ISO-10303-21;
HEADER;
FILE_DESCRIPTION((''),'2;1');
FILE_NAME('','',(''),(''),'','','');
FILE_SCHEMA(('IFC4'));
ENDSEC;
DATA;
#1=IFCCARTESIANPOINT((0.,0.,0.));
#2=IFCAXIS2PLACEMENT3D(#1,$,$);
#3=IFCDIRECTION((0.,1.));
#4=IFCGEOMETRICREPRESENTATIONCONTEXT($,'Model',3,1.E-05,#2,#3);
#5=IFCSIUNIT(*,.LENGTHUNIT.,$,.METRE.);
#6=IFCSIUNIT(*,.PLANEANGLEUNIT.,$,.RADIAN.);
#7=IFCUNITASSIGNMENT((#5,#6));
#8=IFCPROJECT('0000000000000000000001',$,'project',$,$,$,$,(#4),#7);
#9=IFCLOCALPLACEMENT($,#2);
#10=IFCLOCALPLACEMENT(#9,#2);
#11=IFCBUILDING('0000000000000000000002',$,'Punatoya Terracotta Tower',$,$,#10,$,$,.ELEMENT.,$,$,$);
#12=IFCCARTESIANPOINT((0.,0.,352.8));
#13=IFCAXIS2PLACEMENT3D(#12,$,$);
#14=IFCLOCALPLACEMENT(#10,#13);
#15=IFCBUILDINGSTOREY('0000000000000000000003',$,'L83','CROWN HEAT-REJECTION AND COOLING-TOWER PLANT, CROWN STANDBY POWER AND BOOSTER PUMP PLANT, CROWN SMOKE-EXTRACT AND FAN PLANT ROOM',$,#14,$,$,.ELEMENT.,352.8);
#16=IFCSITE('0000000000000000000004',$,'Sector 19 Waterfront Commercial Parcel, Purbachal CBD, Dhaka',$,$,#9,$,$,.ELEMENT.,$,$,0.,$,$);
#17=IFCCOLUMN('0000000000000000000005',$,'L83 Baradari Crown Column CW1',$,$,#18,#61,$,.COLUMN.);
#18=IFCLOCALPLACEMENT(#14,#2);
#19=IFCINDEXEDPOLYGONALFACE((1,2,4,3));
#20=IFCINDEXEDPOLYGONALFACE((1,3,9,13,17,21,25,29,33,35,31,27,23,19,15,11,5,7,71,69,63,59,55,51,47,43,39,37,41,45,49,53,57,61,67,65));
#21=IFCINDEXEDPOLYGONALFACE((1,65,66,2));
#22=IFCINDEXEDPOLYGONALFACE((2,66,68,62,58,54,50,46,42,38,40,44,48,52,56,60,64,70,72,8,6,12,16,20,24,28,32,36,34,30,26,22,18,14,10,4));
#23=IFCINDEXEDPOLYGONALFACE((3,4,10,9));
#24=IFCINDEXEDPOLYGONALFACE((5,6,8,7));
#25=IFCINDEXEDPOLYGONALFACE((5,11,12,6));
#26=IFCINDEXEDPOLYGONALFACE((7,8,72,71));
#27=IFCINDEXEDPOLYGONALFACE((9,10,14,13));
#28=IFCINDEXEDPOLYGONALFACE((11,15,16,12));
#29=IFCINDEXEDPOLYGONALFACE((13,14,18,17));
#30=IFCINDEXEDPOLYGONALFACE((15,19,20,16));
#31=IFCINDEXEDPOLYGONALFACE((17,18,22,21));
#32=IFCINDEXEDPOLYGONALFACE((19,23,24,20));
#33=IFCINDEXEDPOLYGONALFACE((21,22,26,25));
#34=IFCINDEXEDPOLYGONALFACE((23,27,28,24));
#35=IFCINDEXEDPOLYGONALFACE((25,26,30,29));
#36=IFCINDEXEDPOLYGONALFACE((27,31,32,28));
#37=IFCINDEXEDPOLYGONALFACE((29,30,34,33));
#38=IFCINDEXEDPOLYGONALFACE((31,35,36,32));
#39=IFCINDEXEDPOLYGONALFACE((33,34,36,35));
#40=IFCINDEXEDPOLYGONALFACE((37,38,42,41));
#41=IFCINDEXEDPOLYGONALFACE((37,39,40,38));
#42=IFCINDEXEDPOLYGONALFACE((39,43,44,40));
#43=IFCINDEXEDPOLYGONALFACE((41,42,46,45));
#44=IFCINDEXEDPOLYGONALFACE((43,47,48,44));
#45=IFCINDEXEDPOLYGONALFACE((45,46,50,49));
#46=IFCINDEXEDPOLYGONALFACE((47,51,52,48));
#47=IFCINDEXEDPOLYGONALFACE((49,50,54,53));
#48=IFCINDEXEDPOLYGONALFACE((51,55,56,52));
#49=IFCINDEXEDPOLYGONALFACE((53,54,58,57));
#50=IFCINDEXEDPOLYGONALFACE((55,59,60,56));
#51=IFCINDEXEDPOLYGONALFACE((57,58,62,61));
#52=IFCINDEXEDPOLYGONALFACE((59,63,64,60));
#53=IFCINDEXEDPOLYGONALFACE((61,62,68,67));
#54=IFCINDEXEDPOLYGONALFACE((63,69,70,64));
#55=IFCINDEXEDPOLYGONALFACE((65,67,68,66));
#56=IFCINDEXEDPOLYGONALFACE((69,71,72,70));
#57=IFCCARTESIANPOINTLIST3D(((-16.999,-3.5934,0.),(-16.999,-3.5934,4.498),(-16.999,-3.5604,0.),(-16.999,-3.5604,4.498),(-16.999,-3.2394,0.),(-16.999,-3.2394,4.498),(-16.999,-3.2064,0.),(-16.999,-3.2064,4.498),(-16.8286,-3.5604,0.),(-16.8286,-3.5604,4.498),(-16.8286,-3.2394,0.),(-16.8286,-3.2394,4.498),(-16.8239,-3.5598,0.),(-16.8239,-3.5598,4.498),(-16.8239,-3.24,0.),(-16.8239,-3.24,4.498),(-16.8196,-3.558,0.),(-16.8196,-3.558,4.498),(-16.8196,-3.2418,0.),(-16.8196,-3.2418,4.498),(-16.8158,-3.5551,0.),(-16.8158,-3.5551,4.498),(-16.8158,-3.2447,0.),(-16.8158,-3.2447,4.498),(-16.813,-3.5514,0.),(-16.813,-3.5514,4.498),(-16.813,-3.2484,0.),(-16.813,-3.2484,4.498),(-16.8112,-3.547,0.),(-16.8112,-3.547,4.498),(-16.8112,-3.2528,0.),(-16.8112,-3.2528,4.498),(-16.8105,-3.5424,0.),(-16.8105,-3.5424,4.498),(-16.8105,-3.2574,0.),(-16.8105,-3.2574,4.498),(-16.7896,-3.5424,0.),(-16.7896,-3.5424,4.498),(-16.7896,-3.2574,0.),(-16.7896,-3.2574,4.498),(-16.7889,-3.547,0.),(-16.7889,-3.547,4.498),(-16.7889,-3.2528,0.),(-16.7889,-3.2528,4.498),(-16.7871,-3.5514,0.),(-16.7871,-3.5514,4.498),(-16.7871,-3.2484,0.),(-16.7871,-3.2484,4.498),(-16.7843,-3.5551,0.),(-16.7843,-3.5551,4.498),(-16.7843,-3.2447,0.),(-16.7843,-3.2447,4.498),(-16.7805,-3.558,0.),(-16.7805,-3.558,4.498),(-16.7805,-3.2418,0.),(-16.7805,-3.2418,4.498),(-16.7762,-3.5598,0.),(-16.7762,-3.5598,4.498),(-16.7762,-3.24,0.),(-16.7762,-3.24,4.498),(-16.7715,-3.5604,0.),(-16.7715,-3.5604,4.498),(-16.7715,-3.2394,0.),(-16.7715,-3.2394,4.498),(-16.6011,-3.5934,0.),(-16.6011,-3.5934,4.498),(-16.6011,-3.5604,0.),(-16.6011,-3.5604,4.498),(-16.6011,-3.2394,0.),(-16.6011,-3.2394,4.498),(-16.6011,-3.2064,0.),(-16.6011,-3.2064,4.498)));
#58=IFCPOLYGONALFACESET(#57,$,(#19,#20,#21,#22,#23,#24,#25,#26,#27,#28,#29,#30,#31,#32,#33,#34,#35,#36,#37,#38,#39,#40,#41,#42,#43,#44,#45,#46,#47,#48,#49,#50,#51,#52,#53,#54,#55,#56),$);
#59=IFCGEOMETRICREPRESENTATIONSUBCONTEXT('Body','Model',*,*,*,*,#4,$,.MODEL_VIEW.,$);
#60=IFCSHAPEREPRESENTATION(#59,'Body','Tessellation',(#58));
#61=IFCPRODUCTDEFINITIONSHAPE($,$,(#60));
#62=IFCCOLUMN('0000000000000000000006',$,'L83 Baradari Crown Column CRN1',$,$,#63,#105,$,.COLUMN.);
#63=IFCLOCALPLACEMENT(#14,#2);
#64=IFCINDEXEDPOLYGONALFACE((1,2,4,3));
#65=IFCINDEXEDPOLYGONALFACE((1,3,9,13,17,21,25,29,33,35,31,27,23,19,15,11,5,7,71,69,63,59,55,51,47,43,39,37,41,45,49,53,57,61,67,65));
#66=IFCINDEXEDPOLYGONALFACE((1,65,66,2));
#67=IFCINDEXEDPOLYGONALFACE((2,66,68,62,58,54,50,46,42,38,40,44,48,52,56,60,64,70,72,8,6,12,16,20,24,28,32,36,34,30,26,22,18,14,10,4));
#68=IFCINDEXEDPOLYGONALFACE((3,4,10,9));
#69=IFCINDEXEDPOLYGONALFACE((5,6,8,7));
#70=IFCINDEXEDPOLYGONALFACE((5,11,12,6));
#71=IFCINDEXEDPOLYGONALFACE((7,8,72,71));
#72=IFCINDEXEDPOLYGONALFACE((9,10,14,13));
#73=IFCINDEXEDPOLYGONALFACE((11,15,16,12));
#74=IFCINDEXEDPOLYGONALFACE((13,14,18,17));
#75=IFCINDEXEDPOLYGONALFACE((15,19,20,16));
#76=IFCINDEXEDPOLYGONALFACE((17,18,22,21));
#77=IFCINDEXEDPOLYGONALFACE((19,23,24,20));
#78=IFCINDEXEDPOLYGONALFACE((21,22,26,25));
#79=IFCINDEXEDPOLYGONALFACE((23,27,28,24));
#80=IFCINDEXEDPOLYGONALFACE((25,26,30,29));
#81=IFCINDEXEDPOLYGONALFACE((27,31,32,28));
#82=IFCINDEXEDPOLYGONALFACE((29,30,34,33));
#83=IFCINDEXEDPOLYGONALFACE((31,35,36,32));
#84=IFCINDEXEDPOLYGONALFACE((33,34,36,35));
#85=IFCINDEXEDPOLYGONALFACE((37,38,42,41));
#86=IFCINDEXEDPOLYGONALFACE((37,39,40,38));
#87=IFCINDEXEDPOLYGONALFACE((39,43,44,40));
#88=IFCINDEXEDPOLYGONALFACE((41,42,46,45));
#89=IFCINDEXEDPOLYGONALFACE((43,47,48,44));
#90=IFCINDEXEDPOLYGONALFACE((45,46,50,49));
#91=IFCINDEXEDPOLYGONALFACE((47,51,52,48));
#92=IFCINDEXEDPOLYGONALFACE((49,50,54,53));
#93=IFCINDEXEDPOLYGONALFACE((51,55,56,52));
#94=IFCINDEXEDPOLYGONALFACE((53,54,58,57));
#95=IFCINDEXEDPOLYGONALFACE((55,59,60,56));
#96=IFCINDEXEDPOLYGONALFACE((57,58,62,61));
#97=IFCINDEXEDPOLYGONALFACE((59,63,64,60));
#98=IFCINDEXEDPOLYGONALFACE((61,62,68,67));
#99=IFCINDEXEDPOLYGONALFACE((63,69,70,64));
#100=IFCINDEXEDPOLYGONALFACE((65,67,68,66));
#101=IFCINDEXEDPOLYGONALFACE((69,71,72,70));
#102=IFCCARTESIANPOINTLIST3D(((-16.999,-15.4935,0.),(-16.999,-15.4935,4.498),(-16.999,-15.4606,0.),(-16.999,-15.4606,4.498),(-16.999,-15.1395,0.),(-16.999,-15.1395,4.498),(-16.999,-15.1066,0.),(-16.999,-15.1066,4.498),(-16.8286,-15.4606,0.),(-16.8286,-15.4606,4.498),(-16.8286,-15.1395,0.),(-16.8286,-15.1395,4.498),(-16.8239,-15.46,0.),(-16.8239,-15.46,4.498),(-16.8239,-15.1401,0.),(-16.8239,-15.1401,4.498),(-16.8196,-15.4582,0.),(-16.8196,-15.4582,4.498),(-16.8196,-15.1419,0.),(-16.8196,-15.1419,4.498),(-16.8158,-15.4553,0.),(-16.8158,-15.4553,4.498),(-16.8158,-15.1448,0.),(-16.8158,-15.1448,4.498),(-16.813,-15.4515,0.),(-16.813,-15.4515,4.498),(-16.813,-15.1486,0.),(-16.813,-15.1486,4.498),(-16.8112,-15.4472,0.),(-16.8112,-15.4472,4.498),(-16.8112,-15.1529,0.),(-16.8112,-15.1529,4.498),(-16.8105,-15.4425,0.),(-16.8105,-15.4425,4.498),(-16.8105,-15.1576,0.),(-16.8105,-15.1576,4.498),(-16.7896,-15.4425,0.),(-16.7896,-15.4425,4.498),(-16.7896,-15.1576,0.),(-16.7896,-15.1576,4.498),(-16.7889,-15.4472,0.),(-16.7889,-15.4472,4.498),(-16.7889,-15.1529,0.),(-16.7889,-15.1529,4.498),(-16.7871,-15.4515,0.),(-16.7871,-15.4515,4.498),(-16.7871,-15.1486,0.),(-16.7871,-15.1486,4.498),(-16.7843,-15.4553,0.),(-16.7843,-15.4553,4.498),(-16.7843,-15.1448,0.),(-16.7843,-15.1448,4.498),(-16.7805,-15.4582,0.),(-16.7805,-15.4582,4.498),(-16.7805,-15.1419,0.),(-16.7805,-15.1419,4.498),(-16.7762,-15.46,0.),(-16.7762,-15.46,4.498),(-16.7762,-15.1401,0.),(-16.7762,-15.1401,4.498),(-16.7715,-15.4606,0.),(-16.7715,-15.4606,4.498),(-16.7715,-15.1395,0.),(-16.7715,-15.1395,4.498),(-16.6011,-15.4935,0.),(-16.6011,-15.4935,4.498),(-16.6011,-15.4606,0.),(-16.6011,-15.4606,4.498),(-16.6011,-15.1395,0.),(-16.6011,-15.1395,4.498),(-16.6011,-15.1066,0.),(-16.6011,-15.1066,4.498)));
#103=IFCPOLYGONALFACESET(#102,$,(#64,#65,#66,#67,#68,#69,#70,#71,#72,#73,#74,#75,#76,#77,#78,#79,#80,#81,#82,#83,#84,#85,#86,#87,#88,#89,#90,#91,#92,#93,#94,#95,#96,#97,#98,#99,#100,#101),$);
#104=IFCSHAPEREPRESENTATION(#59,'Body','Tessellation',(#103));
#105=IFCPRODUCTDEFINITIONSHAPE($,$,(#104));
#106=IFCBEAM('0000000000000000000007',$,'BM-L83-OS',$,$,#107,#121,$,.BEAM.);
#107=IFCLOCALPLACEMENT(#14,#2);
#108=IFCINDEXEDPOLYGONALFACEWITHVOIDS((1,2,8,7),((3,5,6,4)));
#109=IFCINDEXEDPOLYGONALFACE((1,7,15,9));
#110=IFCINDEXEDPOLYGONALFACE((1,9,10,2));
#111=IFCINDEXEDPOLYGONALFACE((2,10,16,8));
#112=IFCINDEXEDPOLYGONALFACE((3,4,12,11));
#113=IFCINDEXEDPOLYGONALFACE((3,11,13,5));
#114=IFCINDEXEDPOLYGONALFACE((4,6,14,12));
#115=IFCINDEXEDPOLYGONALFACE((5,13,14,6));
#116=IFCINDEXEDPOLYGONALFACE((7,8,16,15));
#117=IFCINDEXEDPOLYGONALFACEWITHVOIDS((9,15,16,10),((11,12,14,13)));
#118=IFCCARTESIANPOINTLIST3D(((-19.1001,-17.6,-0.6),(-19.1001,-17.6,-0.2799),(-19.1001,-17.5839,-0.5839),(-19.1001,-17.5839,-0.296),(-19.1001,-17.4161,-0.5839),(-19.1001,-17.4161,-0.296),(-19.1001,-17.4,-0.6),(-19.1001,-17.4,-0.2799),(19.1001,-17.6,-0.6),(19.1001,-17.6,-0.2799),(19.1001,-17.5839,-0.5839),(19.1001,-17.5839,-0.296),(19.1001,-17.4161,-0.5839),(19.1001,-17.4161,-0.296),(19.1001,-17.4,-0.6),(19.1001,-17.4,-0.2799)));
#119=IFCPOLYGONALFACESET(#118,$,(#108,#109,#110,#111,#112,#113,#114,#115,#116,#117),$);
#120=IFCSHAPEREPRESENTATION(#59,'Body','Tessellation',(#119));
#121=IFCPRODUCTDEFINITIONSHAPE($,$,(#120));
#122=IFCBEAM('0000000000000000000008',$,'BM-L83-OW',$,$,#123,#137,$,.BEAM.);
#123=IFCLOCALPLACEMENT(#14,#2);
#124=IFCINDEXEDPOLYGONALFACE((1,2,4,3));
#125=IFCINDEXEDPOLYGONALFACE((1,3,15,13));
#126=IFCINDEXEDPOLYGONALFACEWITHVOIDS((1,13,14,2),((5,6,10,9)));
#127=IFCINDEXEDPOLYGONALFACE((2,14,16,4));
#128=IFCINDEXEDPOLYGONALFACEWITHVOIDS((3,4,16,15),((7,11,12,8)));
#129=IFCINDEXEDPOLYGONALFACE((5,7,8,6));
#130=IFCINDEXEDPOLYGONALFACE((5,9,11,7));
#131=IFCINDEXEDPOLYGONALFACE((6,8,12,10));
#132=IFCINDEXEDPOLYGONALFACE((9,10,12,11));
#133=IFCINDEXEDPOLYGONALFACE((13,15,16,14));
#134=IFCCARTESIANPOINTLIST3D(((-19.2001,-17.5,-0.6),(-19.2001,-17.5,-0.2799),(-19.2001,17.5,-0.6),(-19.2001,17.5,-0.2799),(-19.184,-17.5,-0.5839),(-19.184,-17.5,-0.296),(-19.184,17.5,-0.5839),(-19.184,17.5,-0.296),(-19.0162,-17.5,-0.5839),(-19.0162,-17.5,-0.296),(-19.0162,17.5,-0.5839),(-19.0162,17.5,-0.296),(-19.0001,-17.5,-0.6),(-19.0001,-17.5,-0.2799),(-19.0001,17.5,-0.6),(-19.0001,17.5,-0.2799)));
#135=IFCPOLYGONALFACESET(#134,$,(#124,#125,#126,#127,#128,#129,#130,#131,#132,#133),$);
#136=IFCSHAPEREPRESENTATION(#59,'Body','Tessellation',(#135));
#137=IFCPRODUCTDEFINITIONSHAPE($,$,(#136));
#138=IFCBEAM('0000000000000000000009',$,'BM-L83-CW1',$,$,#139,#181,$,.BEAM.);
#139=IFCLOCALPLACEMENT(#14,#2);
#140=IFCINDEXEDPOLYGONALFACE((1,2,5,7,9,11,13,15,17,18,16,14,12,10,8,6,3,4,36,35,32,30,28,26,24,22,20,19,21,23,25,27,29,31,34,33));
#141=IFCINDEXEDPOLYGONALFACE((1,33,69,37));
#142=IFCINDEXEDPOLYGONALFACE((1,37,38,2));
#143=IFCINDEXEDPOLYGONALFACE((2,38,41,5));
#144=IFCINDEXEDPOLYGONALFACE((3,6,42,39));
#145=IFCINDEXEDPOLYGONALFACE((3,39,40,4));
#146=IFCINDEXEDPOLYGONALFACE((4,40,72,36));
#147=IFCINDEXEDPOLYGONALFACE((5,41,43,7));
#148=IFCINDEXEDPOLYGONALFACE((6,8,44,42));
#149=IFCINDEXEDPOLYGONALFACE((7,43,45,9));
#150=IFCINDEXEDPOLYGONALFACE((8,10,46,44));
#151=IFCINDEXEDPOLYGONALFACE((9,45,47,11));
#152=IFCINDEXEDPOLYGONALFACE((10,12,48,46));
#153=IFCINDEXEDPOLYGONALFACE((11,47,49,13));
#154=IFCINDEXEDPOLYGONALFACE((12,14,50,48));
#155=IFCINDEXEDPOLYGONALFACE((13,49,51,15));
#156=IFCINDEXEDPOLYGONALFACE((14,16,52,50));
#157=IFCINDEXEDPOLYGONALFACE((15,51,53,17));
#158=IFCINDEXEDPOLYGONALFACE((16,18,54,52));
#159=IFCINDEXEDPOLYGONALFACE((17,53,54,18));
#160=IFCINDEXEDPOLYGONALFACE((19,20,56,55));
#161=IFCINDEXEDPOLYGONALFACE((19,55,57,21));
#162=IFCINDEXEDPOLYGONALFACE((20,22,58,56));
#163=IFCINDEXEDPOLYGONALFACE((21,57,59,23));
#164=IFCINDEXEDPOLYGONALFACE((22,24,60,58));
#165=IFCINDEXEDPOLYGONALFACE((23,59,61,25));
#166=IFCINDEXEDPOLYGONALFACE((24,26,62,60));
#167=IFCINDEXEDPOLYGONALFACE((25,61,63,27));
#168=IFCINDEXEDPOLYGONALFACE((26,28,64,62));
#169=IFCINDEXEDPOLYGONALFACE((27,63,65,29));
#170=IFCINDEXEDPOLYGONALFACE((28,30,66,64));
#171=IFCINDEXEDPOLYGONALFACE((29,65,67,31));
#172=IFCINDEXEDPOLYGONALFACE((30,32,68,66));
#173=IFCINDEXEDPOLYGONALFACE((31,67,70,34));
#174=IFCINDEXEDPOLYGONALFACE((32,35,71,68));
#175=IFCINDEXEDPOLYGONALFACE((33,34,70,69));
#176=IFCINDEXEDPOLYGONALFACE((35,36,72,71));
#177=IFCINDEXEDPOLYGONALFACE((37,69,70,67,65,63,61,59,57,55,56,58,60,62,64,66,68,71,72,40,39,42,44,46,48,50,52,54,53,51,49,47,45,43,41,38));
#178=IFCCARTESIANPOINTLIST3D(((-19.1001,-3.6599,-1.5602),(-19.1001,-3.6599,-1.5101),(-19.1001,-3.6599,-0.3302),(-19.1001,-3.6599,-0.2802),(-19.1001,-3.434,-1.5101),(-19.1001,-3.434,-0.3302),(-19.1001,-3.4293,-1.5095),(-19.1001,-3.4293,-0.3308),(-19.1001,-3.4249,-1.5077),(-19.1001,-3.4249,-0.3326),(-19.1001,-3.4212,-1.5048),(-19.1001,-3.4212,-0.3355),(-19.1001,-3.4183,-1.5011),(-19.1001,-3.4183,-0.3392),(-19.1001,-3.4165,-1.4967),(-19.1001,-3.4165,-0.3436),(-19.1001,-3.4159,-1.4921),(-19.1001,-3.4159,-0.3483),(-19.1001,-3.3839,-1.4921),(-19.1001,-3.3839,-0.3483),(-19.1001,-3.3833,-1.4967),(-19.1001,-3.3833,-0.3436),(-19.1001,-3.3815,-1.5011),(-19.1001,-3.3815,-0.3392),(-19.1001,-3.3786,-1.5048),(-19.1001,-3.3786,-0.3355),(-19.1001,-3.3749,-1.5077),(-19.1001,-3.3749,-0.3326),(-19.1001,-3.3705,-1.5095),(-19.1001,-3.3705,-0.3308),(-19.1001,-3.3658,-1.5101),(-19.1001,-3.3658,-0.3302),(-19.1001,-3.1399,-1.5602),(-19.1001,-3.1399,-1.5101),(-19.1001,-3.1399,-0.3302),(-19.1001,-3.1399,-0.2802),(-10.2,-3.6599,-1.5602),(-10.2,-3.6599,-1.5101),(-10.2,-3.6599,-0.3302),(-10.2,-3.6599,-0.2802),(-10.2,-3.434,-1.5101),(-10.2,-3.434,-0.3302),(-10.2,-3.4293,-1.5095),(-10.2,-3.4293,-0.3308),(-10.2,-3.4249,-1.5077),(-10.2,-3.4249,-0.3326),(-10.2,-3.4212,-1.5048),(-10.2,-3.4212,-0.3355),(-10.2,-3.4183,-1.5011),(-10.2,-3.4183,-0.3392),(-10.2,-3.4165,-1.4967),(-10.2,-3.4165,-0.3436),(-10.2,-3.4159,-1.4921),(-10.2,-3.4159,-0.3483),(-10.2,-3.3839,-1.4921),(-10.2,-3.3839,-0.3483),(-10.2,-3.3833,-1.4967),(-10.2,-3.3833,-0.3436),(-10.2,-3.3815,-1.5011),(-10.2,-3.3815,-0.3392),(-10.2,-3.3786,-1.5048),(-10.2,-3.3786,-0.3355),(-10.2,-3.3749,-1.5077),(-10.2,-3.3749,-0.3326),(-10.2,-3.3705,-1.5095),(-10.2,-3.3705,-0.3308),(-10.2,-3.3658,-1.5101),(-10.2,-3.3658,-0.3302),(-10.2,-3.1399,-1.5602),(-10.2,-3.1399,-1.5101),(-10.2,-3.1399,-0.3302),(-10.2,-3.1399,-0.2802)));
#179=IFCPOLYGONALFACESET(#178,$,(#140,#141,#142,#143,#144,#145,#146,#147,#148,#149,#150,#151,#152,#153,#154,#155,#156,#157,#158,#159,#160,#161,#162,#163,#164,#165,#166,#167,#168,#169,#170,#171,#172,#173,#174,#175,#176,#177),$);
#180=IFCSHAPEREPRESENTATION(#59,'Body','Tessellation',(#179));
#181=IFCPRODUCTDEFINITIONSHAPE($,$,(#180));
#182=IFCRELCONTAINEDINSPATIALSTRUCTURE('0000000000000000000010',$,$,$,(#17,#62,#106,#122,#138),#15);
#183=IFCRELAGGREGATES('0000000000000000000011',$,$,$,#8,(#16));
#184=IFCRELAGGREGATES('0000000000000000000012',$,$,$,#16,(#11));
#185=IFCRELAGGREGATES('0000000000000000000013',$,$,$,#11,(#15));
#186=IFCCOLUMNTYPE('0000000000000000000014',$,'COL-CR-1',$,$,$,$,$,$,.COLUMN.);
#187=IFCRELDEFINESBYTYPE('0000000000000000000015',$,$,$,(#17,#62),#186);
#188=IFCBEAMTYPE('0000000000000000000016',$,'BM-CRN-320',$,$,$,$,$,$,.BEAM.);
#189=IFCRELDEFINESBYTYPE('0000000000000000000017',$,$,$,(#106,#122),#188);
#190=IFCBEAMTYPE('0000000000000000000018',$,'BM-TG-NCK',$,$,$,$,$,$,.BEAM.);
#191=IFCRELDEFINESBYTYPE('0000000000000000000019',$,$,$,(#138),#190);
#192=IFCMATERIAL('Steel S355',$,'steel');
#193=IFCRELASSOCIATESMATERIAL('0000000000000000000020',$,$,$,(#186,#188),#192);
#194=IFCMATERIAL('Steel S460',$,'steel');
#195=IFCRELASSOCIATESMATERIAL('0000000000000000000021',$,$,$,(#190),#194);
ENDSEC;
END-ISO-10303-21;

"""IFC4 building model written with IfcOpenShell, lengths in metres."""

from ifc_helpers import new_model, si_unit, direction, frame, origin, origin_2d, place, context, subcontext, project, spatial, hollow_rectangle, i_section, extrude, material, material_profile, profile_set, type_object, element, save


model = new_model("IFC4")

# Units and contexts
model_context = context("Model", 3, precision=1e-05, world=origin(), true_north=direction((0.0, 1.0)))
body_context = subcontext(model_context, "Body", "Model", "MODEL_VIEW")
ifc_project = project(units=[si_unit("LENGTHUNIT", "METRE"), si_unit("PLANEANGLEUNIT", "RADIAN")], contexts=[model_context])

# Site, building, storey
site_placement = place(None, origin())
site = spatial("IfcSite", under=ifc_project, at=site_placement, Name="Sector 19 Waterfront Commercial Parcel, Purbachal CBD, Dhaka", CompositionType="ELEMENT", RefElevation=0.0)
building_placement = place(site_placement, origin())
building = spatial("IfcBuilding", under=site, at=building_placement, Name="Punatoya Terracotta Tower", CompositionType="ELEMENT")
storey_placement = place(building_placement, frame((0.0, 0.0, 352.8)))
storey = spatial("IfcBuildingStorey", under=building, at=storey_placement, Name="L83", Description="CROWN HEAT-REJECTION AND COOLING-TOWER PLANT, CROWN STANDBY POWER AND BOOSTER PUMP PLANT, CROWN SMOKE-EXTRACT AND FAN PLANT ROOM", CompositionType="ELEMENT", Elevation=352.8)

# Columns
ifc_material_1 = material(Name="Steel S355", Category="steel")
ifc_material_profile_1 = material_profile(ifc_material_1, i_section(OverallWidth=0.3979, OverallDepth=0.387, WebThickness=0.021, FlangeThickness=0.033, FilletRadius=0.0181, at=origin_2d()))
ifc_profile_set_1 = profile_set([ifc_material_profile_1], Name="Steel S355")
column_type = type_object("IfcColumnType", Name="COL-CR-1", PredefinedType="COLUMN", material=ifc_profile_set_1)
for number, where, z_axis, x_axis, name in (
    (1, (-16.8, -3.3999, 0.0), (0.0, 0.0, 1.0), (1.0, 0.0, 0.0), "L83 Baradari Crown Column CW1"),
    (2, (-16.8, -15.3, 0.0), (0.0, 0.0, 1.0), (1.0, 0.0, 0.0), "L83 Baradari Crown Column CRN1"),
):
    element("IfcColumn", number, at=place(storey_placement, frame(where, z_axis=z_axis, x_axis=x_axis)), inside=storey, type_object=column_type, Name=name, PredefinedType="COLUMN", context=body_context, shape_type="SweptSolid", body=[
        extrude(i_section(OverallWidth=0.3979, OverallDepth=0.387, WebThickness=0.021, FlangeThickness=0.033, FilletRadius=0.0181, at=origin_2d()), origin(), (0.0, 0.0, 1.0), 4.498),
    ])

# Beams
ifc_material_profile_2 = material_profile(ifc_material_1, hollow_rectangle(XDim=0.2, YDim=0.3201, WallThickness=0.0161, at=origin_2d()))
ifc_profile_set_2 = profile_set([ifc_material_profile_2], Name="Steel S355")
beam_type_1 = type_object("IfcBeamType", Name="BM-CRN-320", PredefinedType="BEAM", material=ifc_profile_set_2)
beam_1_placement = place(storey_placement, frame((-19.1001, -17.5, -0.4399), z_axis=(1.0, 0.0, 0.0), x_axis=(0.0, 1.0, 0.0)))
element("IfcBeam", 3, at=beam_1_placement, inside=storey, type_object=beam_type_1, Name="BM-L83-OS", PredefinedType="BEAM", context=body_context, shape_type="SweptSolid", body=[
    extrude(hollow_rectangle(XDim=0.2, YDim=0.3201, WallThickness=0.0161, at=origin_2d()), origin(), (0.0, 0.0, 1.0), 38.2002),
])
beam_2_placement = place(storey_placement, frame((-19.1001, -17.5, -0.4399), z_axis=(0.0, 1.0, 0.0), x_axis=(-1.0, 0.0, 0.0)))
element("IfcBeam", 4, at=beam_2_placement, inside=storey, type_object=beam_type_1, Name="BM-L83-OW", PredefinedType="BEAM", context=body_context, shape_type="SweptSolid", body=[
    extrude(hollow_rectangle(XDim=0.2, YDim=0.3201, WallThickness=0.0161, at=origin_2d()), origin(), (0.0, 0.0, 1.0), 35.0),
])
ifc_material_2 = material(Name="Steel S460", Category="steel")
ifc_material_profile_3 = material_profile(ifc_material_2, i_section(OverallWidth=0.52, OverallDepth=1.28, WebThickness=0.032, FlangeThickness=0.05, FilletRadius=0.0181, at=origin_2d()))
ifc_profile_set_3 = profile_set([ifc_material_profile_3], Name="Steel S460")
beam_type_2 = type_object("IfcBeamType", Name="BM-TG-NCK", PredefinedType="BEAM", material=ifc_profile_set_3)
beam_3_placement = place(storey_placement, frame((-19.1001, -3.3999, -0.9202), z_axis=(1.0, 0.0, 0.0), x_axis=(0.0, 1.0, 0.0)))
element("IfcBeam", 5, at=beam_3_placement, inside=storey, type_object=beam_type_2, Name="BM-L83-CW1", PredefinedType="BEAM", context=body_context, shape_type="SweptSolid", body=[
    extrude(i_section(OverallWidth=0.52, OverallDepth=1.28, WebThickness=0.032, FlangeThickness=0.05, FilletRadius=0.0181, at=origin_2d()), origin(), (0.0, 0.0, 1.0), 8.9001),
])

save(model, "model.ifc")
